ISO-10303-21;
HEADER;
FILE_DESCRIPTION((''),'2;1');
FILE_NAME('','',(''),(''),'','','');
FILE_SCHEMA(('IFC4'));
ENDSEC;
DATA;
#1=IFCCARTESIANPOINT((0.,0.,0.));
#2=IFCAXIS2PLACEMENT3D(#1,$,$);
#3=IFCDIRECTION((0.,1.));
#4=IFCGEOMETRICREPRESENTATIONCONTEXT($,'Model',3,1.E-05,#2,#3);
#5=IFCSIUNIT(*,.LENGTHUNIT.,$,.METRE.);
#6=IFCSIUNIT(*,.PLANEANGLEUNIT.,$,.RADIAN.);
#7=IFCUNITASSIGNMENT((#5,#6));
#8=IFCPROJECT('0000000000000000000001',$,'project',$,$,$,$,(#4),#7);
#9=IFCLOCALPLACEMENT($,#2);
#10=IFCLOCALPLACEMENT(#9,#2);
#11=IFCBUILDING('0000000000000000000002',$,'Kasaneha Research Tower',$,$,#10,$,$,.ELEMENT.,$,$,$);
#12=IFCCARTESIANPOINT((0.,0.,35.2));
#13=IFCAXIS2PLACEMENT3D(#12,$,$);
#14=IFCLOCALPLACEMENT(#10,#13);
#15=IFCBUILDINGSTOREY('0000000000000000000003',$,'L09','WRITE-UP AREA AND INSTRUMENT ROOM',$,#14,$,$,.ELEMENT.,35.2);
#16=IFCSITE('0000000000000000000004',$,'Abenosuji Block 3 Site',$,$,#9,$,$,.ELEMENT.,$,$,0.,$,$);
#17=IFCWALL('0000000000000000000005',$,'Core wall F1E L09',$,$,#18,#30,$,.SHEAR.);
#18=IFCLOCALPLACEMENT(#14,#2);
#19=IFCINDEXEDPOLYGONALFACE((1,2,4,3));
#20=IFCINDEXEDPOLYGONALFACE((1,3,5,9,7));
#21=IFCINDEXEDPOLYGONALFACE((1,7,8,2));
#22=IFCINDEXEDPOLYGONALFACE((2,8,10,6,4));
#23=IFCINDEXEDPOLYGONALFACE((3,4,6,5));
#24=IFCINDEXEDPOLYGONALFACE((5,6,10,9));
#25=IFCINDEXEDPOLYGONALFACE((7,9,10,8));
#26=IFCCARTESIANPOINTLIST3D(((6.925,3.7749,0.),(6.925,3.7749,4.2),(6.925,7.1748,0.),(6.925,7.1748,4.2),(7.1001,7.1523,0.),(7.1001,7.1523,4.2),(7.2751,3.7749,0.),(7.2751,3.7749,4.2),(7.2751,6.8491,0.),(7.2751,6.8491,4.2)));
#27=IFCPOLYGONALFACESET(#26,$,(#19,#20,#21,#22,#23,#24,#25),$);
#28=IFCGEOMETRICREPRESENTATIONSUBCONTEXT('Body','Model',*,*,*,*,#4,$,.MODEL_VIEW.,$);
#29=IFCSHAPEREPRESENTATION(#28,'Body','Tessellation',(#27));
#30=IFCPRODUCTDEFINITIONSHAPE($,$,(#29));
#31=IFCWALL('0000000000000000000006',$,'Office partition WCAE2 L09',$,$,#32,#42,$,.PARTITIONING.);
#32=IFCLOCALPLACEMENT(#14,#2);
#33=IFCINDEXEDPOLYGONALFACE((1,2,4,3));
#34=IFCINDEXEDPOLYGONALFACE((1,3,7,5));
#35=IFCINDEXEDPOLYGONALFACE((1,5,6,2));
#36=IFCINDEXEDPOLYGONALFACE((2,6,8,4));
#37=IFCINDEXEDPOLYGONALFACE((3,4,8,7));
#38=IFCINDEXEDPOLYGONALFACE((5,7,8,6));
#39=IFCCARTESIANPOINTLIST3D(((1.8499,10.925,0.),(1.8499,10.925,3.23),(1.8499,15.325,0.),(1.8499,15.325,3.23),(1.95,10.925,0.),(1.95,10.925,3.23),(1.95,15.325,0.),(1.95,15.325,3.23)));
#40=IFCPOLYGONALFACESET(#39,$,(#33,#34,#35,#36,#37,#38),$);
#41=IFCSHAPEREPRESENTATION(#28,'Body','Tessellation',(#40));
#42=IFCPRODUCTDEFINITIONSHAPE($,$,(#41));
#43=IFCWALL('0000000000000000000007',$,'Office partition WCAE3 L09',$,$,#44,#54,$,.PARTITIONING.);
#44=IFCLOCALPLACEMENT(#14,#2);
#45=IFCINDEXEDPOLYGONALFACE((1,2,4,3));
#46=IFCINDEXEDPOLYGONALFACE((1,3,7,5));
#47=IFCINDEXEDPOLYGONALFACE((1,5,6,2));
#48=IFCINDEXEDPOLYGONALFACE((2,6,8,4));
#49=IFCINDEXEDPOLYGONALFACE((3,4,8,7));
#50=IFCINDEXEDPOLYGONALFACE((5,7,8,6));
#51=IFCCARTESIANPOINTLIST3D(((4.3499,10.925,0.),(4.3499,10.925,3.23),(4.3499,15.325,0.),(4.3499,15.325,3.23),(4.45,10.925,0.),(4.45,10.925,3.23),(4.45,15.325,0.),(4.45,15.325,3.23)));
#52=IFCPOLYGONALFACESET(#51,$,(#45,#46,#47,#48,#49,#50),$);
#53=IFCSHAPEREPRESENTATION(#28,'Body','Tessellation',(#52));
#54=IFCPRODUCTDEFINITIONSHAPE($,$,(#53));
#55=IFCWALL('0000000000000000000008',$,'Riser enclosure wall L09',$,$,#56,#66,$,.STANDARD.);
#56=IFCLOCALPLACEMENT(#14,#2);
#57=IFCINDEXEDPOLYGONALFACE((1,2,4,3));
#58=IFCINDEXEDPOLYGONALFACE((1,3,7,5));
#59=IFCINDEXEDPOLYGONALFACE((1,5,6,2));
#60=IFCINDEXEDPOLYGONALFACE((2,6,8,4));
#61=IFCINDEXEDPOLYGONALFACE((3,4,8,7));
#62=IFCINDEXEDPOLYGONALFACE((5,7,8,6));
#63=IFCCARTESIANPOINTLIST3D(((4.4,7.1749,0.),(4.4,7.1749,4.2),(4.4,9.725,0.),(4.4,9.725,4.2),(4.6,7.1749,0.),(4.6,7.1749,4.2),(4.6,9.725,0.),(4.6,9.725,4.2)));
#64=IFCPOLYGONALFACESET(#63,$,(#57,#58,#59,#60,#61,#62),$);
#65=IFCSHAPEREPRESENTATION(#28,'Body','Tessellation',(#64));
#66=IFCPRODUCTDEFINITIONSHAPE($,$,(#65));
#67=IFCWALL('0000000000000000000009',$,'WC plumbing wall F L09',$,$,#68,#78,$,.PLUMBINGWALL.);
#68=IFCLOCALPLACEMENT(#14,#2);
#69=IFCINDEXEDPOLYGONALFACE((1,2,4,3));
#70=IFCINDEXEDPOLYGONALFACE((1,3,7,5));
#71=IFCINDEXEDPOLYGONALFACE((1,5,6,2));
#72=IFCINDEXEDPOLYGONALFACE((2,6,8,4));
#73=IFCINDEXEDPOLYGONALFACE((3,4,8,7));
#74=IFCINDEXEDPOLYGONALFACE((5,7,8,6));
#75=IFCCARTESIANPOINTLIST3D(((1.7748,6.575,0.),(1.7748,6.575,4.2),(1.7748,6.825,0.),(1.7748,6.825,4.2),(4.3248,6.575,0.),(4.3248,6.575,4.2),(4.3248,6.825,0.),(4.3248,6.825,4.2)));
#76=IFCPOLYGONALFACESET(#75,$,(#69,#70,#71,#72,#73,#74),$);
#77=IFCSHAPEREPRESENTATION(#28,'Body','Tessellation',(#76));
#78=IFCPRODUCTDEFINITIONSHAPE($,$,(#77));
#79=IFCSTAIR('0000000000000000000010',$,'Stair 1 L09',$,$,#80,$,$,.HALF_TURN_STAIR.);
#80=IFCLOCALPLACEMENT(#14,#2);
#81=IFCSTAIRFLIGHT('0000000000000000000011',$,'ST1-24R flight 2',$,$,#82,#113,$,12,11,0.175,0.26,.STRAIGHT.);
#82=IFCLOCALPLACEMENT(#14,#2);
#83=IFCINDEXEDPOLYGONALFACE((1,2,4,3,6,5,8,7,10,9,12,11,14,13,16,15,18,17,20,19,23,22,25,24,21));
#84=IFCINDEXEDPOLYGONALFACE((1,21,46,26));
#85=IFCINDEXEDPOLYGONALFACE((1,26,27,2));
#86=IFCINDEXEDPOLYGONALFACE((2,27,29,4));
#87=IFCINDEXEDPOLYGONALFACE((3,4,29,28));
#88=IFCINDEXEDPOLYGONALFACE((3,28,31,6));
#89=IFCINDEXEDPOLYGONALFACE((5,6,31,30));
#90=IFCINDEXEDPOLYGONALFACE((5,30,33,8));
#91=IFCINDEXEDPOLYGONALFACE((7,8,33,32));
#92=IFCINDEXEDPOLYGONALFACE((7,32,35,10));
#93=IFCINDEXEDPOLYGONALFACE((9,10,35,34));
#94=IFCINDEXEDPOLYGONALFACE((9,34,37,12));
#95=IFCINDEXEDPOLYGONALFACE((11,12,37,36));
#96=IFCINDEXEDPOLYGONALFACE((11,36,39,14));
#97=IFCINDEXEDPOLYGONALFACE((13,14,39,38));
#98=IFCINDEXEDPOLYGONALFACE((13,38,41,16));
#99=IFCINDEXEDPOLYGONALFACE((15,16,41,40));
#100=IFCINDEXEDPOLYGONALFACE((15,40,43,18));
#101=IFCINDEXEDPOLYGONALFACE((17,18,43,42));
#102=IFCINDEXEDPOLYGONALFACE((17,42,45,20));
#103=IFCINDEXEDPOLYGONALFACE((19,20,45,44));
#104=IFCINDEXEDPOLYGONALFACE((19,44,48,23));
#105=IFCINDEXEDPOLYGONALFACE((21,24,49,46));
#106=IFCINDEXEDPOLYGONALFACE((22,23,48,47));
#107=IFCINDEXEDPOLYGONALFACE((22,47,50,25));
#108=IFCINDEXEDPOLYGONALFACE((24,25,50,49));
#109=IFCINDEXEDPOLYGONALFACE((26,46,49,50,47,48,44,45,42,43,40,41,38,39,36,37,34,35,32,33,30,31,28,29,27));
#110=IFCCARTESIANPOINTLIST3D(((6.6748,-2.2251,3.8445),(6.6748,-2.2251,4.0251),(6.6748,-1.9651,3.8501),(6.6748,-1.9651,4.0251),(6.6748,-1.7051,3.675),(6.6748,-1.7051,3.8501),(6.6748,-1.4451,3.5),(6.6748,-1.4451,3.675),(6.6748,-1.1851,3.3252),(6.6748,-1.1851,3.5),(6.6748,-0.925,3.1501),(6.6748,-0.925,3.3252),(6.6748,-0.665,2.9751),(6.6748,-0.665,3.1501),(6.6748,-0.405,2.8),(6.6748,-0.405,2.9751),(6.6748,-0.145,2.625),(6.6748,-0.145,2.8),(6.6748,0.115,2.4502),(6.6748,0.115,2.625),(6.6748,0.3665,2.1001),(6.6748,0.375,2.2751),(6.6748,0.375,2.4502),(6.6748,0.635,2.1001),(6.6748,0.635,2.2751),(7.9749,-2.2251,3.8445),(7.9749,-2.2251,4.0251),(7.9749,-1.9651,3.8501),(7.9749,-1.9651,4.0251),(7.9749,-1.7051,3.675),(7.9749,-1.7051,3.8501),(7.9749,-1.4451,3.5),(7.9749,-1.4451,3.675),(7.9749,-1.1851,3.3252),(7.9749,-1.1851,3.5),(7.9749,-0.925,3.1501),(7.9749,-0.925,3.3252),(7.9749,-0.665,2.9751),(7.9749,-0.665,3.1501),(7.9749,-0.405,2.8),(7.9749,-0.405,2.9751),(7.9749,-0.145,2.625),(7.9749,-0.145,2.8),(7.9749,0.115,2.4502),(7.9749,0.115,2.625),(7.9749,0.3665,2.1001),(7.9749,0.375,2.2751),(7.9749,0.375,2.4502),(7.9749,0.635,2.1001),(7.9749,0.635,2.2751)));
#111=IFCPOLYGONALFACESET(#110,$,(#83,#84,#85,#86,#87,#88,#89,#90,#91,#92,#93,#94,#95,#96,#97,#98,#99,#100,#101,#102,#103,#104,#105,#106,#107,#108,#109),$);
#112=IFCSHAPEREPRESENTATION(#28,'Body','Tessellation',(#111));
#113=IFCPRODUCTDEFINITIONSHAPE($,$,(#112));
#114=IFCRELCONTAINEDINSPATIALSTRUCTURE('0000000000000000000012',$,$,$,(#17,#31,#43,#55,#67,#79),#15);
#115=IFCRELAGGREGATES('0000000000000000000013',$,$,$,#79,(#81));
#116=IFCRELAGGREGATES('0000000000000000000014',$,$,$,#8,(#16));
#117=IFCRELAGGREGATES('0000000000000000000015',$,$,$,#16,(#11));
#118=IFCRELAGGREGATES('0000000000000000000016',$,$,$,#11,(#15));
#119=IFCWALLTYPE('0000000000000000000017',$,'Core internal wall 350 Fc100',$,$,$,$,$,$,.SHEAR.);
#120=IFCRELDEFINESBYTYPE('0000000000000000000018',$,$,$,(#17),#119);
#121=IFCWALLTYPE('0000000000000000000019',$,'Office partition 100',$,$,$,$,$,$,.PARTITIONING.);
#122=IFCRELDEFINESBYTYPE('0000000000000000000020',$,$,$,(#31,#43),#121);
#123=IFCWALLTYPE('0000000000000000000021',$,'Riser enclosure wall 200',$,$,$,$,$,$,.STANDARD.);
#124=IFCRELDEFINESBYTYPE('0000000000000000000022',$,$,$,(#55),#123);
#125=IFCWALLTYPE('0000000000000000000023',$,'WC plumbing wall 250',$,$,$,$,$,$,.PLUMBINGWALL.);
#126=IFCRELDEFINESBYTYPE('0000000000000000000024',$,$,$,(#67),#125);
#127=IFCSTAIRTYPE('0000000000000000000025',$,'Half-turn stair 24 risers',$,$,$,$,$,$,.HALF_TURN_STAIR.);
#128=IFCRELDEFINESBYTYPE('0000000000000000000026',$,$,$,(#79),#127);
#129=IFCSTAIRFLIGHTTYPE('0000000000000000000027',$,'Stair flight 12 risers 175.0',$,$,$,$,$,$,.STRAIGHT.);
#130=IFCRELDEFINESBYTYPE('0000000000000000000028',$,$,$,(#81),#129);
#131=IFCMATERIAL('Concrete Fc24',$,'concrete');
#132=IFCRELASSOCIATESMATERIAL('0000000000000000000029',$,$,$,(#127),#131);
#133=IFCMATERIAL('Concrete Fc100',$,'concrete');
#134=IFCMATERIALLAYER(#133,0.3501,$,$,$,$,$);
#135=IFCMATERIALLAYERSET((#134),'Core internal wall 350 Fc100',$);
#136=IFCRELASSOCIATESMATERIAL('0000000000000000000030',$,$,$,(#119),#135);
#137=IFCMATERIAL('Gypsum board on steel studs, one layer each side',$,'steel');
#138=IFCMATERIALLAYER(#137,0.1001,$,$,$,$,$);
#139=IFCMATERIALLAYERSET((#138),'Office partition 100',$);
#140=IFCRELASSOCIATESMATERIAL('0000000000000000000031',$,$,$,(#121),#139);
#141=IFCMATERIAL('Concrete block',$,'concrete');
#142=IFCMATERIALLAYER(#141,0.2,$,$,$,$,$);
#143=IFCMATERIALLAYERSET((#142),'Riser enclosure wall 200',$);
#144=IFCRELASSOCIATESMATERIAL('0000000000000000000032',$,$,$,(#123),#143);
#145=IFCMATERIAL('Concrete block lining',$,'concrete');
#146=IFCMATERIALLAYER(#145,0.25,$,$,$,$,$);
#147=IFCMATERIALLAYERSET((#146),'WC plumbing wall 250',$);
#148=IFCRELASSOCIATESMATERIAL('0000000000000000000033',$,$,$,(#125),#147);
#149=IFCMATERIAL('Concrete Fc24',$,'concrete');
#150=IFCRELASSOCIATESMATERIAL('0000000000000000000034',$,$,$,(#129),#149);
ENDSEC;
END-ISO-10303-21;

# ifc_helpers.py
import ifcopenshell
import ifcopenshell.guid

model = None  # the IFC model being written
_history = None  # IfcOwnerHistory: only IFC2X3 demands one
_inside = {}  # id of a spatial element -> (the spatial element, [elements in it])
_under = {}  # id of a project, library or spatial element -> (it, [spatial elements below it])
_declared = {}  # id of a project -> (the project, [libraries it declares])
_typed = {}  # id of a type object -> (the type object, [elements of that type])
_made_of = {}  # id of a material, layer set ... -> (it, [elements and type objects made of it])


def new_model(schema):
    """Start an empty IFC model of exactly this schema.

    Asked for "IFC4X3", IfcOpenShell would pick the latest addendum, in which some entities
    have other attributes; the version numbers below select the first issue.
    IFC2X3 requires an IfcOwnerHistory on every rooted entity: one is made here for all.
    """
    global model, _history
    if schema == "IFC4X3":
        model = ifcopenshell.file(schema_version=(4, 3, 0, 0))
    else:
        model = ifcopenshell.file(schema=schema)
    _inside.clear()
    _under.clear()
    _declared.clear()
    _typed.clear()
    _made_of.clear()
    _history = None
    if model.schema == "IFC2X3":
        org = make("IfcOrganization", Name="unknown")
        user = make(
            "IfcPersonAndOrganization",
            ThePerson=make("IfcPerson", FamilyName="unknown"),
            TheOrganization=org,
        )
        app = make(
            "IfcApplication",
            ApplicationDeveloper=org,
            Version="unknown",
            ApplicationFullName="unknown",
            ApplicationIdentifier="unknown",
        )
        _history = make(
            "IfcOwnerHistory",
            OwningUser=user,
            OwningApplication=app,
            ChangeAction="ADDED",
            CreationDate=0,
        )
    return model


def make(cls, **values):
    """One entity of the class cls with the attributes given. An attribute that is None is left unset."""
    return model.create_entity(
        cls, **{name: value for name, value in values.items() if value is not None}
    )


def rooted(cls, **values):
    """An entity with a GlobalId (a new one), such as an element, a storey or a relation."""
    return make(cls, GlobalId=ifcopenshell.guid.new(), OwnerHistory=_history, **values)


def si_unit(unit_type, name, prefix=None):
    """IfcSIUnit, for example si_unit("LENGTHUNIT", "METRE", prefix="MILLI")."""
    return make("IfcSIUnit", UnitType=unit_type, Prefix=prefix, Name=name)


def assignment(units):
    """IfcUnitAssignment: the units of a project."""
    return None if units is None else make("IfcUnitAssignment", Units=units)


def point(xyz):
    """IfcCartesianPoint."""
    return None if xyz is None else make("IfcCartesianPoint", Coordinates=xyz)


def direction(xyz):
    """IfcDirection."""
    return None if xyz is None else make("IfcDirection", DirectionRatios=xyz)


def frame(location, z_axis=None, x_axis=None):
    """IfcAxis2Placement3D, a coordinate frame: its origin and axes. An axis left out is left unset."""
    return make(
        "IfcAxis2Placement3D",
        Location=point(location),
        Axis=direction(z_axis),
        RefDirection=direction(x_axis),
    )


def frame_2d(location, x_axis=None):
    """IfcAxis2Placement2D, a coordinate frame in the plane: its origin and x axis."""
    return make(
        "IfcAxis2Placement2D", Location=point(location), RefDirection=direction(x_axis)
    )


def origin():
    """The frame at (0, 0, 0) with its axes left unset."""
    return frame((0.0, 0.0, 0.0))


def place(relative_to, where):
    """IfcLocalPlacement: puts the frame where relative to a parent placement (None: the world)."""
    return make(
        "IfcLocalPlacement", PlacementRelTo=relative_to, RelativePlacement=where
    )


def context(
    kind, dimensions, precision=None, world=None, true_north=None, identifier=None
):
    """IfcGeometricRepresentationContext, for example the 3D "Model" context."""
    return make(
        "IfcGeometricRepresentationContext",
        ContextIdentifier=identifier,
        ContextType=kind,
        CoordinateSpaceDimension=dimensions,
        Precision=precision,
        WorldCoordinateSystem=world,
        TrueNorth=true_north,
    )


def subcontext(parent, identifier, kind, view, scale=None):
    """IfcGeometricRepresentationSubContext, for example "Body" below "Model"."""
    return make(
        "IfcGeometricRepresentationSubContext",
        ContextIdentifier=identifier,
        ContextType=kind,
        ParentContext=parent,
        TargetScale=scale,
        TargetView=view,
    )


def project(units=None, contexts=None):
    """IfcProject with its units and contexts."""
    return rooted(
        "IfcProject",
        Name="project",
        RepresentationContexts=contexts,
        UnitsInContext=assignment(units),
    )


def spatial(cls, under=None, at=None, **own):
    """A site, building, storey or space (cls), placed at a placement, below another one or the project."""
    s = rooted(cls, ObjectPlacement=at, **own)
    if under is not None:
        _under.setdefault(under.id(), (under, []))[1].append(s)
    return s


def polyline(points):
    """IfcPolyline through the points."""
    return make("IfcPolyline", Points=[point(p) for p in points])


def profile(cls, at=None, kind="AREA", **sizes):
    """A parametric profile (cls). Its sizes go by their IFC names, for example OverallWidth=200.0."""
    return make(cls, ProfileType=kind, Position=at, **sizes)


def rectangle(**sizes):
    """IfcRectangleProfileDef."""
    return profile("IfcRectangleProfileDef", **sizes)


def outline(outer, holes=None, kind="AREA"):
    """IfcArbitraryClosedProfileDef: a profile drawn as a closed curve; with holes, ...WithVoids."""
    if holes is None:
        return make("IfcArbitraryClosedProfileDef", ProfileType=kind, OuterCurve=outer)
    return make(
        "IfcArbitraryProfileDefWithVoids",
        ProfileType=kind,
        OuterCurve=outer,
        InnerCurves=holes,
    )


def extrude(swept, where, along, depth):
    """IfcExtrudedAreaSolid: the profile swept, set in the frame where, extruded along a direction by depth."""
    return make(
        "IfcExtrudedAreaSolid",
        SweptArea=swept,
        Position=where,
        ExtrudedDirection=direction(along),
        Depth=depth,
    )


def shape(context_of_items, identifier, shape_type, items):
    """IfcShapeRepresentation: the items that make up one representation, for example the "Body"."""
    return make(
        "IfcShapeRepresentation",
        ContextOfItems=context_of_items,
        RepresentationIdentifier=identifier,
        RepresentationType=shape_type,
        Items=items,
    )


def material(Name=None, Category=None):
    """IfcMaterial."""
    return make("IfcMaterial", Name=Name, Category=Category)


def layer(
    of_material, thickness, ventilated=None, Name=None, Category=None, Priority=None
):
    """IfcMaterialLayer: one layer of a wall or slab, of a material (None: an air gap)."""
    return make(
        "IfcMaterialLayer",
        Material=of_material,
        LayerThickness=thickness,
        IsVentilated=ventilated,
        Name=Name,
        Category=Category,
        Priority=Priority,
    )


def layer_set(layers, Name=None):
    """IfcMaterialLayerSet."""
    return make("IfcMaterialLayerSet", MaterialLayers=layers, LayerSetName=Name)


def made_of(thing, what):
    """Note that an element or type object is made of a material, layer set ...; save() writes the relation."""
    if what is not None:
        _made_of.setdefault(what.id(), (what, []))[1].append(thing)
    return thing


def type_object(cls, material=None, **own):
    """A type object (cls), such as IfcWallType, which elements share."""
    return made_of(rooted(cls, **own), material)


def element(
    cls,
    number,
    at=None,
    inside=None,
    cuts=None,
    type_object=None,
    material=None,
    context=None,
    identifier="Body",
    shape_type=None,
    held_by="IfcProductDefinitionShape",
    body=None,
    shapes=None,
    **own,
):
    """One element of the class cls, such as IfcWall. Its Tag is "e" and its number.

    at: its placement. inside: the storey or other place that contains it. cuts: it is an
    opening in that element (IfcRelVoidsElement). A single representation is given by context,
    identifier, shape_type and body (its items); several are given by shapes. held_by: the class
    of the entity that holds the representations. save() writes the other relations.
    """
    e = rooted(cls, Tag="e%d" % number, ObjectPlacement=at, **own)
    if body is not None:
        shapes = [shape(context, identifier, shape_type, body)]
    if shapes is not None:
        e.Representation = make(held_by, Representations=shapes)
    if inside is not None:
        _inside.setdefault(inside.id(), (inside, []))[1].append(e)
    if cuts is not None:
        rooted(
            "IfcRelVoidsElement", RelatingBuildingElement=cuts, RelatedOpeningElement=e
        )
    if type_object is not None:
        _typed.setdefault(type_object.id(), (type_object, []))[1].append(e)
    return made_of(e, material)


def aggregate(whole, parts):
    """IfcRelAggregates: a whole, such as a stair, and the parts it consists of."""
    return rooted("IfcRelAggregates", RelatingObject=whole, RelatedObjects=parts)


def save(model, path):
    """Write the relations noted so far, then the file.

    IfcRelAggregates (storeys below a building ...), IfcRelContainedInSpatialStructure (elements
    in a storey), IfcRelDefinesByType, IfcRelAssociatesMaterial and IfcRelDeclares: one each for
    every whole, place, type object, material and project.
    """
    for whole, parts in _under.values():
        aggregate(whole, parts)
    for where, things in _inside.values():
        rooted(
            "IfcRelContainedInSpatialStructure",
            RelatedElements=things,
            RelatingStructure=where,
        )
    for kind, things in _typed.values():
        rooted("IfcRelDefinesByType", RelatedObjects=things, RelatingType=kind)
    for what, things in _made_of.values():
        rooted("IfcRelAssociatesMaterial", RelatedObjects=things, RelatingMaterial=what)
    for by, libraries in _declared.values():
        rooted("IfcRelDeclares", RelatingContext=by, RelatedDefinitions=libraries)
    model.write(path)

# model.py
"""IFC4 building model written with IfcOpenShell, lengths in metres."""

from ifc_helpers import new_model, si_unit, direction, frame, frame_2d, origin, place, context, subcontext, project, spatial, polyline, rectangle, outline, extrude, material, layer, layer_set, type_object, element, aggregate, save


model = new_model("IFC4")

# Units and contexts
model_context = context("Model", 3, precision=1e-05, world=origin(), true_north=direction((0.0, 1.0)))
body_context = subcontext(model_context, "Body", "Model", "MODEL_VIEW")
ifc_project = project(units=[si_unit("LENGTHUNIT", "METRE"), si_unit("PLANEANGLEUNIT", "RADIAN")], contexts=[model_context])

# Site, building, storey
site_placement = place(None, origin())
site = spatial("IfcSite", under=ifc_project, at=site_placement, Name="Abenosuji Block 3 Site", CompositionType="ELEMENT", RefElevation=0.0)
building_placement = place(site_placement, origin())
building = spatial("IfcBuilding", under=site, at=building_placement, Name="Kasaneha Research Tower", CompositionType="ELEMENT")
storey_placement = place(building_placement, frame((0.0, 0.0, 35.2)))
storey = spatial("IfcBuildingStorey", under=building, at=storey_placement, Name="L09", Description="WRITE-UP AREA AND INSTRUMENT ROOM", CompositionType="ELEMENT", Elevation=35.2)

# Shared definitions
ifc_material_1 = material(Name="Concrete Fc24", Category="concrete")
stair_type = type_object("IfcStairType", Name="Half-turn stair 24 risers", PredefinedType="HALF_TURN_STAIR", material=ifc_material_1)

# Shared definitions
ifc_material_2 = material(Name="Concrete Fc100", Category="concrete")
ifc_layer_1 = layer(ifc_material_2, 0.3501)
ifc_layer_set_1 = layer_set([ifc_layer_1], Name="Core internal wall 350 Fc100")
wall_type_1 = type_object("IfcWallType", Name="Core internal wall 350 Fc100", PredefinedType="SHEAR", material=ifc_layer_set_1)

# Wall
wall_1_placement = place(storey_placement, frame((7.1001, 3.7749, 0.0), z_axis=(0.0, 0.0, 1.0), x_axis=(0.0, 1.0, 0.0)))
element("IfcWall", 1, at=wall_1_placement, inside=storey, type_object=wall_type_1, Name="Core wall F1E L09", PredefinedType="SHEAR", context=body_context, shape_type="SweptSolid", body=[
    extrude(outline(polyline([(0.0, -0.175), (3.0742, -0.175), (3.3774, 0.0), (3.3999, 0.175), (0.0, 0.175), (0.0, -0.175)])), origin(), (0.0, 0.0, 1.0), 4.2),
])

# Walls
ifc_material_3 = material(Name="Gypsum board on steel studs, one layer each side", Category="steel")
ifc_layer_2 = layer(ifc_material_3, 0.1001)
ifc_layer_set_2 = layer_set([ifc_layer_2], Name="Office partition 100")
wall_type_2 = type_object("IfcWallType", Name="Office partition 100", PredefinedType="PARTITIONING", material=ifc_layer_set_2)
for number, where, z_axis, x_axis, name in (
    (2, (1.8999, 10.925, 0.0), (0.0, 0.0, 1.0), (0.0, 1.0, 0.0), "Office partition WCAE2 L09"),
    (3, (4.3999, 10.925, 0.0), (0.0, 0.0, 1.0), (0.0, 1.0, 0.0), "Office partition WCAE3 L09"),
):
    element("IfcWall", number, at=place(storey_placement, frame(where, z_axis=z_axis, x_axis=x_axis)), inside=storey, type_object=wall_type_2, Name=name, PredefinedType="PARTITIONING", context=body_context, shape_type="SweptSolid", body=[
        extrude(rectangle(XDim=4.3999, YDim=0.1001, at=frame_2d((2.2, 0.0))), origin(), (0.0, 0.0, 1.0), 3.23),
    ])
ifc_material_4 = material(Name="Concrete block", Category="concrete")
ifc_layer_3 = layer(ifc_material_4, 0.2)
ifc_layer_set_3 = layer_set([ifc_layer_3], Name="Riser enclosure wall 200")
wall_type_3 = type_object("IfcWallType", Name="Riser enclosure wall 200", PredefinedType="STANDARD", material=ifc_layer_set_3)
wall_2_placement = place(storey_placement, frame((4.5, 7.175, 0.0), z_axis=(0.0, 0.0, 1.0), x_axis=(0.0, 1.0, 0.0)))
element("IfcWall", 4, at=wall_2_placement, inside=storey, type_object=wall_type_3, Name="Riser enclosure wall L09", PredefinedType="STANDARD", context=body_context, shape_type="SweptSolid", body=[
    extrude(rectangle(XDim=2.55, YDim=0.2, at=frame_2d((1.2749, 0.0))), origin(), (0.0, 0.0, 1.0), 4.2),
])
ifc_material_5 = material(Name="Concrete block lining", Category="concrete")
ifc_layer_4 = layer(ifc_material_5, 0.25)
ifc_layer_set_4 = layer_set([ifc_layer_4], Name="WC plumbing wall 250")
wall_type_4 = type_object("IfcWallType", Name="WC plumbing wall 250", PredefinedType="PLUMBINGWALL", material=ifc_layer_set_4)
wall_3_placement = place(storey_placement, frame((1.7749, 6.7, 0.0), z_axis=(0.0, 0.0, 1.0), x_axis=(1.0, 0.0, 0.0)))
element("IfcWall", 5, at=wall_3_placement, inside=storey, type_object=wall_type_4, Name="WC plumbing wall F L09", PredefinedType="PLUMBINGWALL", context=body_context, shape_type="SweptSolid", body=[
    extrude(rectangle(XDim=2.55, YDim=0.25, at=frame_2d((1.2749, 0.0))), origin(), (0.0, 0.0, 1.0), 4.2),
])

# Stair, stair flight
stair_1_placement = place(storey_placement, origin())
stair_1 = element("IfcStair", 6, at=stair_1_placement, inside=storey, type_object=stair_type, Name="Stair 1 L09", PredefinedType="HALF_TURN_STAIR")
ifc_material_6 = material(Name="Concrete Fc24", Category="concrete")
stair_flight_type = type_object("IfcStairFlightType", Name="Stair flight 12 risers 175.0", PredefinedType="STRAIGHT", material=ifc_material_6)
stair_flight_placement = place(storey_placement, frame((7.325, 0.635, 2.1001), z_axis=(0.0, 0.0, 1.0), x_axis=(0.0, -1.0, 0.0)))
stair_flight = element("IfcStairFlight", 7, at=stair_flight_placement, type_object=stair_flight_type, Name="ST1-24R flight 2", NumberOfRisers=12, NumberOfTreads=11, PredefinedType="STRAIGHT", RiserHeight=0.175, TreadLength=0.26, context=body_context, shape_type="SweptSolid", body=[
    extrude(outline(polyline([(0.0, 0.0), (0.0, 0.175), (0.26, 0.175), (0.26, 0.3501), (0.52, 0.3501), (0.52, 0.5249), (0.78, 0.5249), (0.78, 0.7), (1.04, 0.7), (1.04, 0.875), (1.3, 0.875), (1.3, 1.05), (1.5601, 1.05), (1.5601, 1.2251), (1.8201, 1.2251), (1.8201, 1.3999), (2.0801, 1.3999), (2.0801, 1.575), (2.3401, 1.575), (2.3401, 1.75), (2.6001, 1.75), (2.6001, 1.925), (2.8601, 1.925), (2.8601, 2.1001), (2.8601, 1.7444), (0.2686, 0.0), (0.0, 0.0)])), frame((0.0, 0.6499, 0.0), z_axis=(0.0, -1.0, 0.0), x_axis=(1.0, 0.0, 0.0)), (0.0, 0.0, 1.0), 1.3),
])
aggregate(stair_1, [stair_flight])

save(model, "model.ifc")
